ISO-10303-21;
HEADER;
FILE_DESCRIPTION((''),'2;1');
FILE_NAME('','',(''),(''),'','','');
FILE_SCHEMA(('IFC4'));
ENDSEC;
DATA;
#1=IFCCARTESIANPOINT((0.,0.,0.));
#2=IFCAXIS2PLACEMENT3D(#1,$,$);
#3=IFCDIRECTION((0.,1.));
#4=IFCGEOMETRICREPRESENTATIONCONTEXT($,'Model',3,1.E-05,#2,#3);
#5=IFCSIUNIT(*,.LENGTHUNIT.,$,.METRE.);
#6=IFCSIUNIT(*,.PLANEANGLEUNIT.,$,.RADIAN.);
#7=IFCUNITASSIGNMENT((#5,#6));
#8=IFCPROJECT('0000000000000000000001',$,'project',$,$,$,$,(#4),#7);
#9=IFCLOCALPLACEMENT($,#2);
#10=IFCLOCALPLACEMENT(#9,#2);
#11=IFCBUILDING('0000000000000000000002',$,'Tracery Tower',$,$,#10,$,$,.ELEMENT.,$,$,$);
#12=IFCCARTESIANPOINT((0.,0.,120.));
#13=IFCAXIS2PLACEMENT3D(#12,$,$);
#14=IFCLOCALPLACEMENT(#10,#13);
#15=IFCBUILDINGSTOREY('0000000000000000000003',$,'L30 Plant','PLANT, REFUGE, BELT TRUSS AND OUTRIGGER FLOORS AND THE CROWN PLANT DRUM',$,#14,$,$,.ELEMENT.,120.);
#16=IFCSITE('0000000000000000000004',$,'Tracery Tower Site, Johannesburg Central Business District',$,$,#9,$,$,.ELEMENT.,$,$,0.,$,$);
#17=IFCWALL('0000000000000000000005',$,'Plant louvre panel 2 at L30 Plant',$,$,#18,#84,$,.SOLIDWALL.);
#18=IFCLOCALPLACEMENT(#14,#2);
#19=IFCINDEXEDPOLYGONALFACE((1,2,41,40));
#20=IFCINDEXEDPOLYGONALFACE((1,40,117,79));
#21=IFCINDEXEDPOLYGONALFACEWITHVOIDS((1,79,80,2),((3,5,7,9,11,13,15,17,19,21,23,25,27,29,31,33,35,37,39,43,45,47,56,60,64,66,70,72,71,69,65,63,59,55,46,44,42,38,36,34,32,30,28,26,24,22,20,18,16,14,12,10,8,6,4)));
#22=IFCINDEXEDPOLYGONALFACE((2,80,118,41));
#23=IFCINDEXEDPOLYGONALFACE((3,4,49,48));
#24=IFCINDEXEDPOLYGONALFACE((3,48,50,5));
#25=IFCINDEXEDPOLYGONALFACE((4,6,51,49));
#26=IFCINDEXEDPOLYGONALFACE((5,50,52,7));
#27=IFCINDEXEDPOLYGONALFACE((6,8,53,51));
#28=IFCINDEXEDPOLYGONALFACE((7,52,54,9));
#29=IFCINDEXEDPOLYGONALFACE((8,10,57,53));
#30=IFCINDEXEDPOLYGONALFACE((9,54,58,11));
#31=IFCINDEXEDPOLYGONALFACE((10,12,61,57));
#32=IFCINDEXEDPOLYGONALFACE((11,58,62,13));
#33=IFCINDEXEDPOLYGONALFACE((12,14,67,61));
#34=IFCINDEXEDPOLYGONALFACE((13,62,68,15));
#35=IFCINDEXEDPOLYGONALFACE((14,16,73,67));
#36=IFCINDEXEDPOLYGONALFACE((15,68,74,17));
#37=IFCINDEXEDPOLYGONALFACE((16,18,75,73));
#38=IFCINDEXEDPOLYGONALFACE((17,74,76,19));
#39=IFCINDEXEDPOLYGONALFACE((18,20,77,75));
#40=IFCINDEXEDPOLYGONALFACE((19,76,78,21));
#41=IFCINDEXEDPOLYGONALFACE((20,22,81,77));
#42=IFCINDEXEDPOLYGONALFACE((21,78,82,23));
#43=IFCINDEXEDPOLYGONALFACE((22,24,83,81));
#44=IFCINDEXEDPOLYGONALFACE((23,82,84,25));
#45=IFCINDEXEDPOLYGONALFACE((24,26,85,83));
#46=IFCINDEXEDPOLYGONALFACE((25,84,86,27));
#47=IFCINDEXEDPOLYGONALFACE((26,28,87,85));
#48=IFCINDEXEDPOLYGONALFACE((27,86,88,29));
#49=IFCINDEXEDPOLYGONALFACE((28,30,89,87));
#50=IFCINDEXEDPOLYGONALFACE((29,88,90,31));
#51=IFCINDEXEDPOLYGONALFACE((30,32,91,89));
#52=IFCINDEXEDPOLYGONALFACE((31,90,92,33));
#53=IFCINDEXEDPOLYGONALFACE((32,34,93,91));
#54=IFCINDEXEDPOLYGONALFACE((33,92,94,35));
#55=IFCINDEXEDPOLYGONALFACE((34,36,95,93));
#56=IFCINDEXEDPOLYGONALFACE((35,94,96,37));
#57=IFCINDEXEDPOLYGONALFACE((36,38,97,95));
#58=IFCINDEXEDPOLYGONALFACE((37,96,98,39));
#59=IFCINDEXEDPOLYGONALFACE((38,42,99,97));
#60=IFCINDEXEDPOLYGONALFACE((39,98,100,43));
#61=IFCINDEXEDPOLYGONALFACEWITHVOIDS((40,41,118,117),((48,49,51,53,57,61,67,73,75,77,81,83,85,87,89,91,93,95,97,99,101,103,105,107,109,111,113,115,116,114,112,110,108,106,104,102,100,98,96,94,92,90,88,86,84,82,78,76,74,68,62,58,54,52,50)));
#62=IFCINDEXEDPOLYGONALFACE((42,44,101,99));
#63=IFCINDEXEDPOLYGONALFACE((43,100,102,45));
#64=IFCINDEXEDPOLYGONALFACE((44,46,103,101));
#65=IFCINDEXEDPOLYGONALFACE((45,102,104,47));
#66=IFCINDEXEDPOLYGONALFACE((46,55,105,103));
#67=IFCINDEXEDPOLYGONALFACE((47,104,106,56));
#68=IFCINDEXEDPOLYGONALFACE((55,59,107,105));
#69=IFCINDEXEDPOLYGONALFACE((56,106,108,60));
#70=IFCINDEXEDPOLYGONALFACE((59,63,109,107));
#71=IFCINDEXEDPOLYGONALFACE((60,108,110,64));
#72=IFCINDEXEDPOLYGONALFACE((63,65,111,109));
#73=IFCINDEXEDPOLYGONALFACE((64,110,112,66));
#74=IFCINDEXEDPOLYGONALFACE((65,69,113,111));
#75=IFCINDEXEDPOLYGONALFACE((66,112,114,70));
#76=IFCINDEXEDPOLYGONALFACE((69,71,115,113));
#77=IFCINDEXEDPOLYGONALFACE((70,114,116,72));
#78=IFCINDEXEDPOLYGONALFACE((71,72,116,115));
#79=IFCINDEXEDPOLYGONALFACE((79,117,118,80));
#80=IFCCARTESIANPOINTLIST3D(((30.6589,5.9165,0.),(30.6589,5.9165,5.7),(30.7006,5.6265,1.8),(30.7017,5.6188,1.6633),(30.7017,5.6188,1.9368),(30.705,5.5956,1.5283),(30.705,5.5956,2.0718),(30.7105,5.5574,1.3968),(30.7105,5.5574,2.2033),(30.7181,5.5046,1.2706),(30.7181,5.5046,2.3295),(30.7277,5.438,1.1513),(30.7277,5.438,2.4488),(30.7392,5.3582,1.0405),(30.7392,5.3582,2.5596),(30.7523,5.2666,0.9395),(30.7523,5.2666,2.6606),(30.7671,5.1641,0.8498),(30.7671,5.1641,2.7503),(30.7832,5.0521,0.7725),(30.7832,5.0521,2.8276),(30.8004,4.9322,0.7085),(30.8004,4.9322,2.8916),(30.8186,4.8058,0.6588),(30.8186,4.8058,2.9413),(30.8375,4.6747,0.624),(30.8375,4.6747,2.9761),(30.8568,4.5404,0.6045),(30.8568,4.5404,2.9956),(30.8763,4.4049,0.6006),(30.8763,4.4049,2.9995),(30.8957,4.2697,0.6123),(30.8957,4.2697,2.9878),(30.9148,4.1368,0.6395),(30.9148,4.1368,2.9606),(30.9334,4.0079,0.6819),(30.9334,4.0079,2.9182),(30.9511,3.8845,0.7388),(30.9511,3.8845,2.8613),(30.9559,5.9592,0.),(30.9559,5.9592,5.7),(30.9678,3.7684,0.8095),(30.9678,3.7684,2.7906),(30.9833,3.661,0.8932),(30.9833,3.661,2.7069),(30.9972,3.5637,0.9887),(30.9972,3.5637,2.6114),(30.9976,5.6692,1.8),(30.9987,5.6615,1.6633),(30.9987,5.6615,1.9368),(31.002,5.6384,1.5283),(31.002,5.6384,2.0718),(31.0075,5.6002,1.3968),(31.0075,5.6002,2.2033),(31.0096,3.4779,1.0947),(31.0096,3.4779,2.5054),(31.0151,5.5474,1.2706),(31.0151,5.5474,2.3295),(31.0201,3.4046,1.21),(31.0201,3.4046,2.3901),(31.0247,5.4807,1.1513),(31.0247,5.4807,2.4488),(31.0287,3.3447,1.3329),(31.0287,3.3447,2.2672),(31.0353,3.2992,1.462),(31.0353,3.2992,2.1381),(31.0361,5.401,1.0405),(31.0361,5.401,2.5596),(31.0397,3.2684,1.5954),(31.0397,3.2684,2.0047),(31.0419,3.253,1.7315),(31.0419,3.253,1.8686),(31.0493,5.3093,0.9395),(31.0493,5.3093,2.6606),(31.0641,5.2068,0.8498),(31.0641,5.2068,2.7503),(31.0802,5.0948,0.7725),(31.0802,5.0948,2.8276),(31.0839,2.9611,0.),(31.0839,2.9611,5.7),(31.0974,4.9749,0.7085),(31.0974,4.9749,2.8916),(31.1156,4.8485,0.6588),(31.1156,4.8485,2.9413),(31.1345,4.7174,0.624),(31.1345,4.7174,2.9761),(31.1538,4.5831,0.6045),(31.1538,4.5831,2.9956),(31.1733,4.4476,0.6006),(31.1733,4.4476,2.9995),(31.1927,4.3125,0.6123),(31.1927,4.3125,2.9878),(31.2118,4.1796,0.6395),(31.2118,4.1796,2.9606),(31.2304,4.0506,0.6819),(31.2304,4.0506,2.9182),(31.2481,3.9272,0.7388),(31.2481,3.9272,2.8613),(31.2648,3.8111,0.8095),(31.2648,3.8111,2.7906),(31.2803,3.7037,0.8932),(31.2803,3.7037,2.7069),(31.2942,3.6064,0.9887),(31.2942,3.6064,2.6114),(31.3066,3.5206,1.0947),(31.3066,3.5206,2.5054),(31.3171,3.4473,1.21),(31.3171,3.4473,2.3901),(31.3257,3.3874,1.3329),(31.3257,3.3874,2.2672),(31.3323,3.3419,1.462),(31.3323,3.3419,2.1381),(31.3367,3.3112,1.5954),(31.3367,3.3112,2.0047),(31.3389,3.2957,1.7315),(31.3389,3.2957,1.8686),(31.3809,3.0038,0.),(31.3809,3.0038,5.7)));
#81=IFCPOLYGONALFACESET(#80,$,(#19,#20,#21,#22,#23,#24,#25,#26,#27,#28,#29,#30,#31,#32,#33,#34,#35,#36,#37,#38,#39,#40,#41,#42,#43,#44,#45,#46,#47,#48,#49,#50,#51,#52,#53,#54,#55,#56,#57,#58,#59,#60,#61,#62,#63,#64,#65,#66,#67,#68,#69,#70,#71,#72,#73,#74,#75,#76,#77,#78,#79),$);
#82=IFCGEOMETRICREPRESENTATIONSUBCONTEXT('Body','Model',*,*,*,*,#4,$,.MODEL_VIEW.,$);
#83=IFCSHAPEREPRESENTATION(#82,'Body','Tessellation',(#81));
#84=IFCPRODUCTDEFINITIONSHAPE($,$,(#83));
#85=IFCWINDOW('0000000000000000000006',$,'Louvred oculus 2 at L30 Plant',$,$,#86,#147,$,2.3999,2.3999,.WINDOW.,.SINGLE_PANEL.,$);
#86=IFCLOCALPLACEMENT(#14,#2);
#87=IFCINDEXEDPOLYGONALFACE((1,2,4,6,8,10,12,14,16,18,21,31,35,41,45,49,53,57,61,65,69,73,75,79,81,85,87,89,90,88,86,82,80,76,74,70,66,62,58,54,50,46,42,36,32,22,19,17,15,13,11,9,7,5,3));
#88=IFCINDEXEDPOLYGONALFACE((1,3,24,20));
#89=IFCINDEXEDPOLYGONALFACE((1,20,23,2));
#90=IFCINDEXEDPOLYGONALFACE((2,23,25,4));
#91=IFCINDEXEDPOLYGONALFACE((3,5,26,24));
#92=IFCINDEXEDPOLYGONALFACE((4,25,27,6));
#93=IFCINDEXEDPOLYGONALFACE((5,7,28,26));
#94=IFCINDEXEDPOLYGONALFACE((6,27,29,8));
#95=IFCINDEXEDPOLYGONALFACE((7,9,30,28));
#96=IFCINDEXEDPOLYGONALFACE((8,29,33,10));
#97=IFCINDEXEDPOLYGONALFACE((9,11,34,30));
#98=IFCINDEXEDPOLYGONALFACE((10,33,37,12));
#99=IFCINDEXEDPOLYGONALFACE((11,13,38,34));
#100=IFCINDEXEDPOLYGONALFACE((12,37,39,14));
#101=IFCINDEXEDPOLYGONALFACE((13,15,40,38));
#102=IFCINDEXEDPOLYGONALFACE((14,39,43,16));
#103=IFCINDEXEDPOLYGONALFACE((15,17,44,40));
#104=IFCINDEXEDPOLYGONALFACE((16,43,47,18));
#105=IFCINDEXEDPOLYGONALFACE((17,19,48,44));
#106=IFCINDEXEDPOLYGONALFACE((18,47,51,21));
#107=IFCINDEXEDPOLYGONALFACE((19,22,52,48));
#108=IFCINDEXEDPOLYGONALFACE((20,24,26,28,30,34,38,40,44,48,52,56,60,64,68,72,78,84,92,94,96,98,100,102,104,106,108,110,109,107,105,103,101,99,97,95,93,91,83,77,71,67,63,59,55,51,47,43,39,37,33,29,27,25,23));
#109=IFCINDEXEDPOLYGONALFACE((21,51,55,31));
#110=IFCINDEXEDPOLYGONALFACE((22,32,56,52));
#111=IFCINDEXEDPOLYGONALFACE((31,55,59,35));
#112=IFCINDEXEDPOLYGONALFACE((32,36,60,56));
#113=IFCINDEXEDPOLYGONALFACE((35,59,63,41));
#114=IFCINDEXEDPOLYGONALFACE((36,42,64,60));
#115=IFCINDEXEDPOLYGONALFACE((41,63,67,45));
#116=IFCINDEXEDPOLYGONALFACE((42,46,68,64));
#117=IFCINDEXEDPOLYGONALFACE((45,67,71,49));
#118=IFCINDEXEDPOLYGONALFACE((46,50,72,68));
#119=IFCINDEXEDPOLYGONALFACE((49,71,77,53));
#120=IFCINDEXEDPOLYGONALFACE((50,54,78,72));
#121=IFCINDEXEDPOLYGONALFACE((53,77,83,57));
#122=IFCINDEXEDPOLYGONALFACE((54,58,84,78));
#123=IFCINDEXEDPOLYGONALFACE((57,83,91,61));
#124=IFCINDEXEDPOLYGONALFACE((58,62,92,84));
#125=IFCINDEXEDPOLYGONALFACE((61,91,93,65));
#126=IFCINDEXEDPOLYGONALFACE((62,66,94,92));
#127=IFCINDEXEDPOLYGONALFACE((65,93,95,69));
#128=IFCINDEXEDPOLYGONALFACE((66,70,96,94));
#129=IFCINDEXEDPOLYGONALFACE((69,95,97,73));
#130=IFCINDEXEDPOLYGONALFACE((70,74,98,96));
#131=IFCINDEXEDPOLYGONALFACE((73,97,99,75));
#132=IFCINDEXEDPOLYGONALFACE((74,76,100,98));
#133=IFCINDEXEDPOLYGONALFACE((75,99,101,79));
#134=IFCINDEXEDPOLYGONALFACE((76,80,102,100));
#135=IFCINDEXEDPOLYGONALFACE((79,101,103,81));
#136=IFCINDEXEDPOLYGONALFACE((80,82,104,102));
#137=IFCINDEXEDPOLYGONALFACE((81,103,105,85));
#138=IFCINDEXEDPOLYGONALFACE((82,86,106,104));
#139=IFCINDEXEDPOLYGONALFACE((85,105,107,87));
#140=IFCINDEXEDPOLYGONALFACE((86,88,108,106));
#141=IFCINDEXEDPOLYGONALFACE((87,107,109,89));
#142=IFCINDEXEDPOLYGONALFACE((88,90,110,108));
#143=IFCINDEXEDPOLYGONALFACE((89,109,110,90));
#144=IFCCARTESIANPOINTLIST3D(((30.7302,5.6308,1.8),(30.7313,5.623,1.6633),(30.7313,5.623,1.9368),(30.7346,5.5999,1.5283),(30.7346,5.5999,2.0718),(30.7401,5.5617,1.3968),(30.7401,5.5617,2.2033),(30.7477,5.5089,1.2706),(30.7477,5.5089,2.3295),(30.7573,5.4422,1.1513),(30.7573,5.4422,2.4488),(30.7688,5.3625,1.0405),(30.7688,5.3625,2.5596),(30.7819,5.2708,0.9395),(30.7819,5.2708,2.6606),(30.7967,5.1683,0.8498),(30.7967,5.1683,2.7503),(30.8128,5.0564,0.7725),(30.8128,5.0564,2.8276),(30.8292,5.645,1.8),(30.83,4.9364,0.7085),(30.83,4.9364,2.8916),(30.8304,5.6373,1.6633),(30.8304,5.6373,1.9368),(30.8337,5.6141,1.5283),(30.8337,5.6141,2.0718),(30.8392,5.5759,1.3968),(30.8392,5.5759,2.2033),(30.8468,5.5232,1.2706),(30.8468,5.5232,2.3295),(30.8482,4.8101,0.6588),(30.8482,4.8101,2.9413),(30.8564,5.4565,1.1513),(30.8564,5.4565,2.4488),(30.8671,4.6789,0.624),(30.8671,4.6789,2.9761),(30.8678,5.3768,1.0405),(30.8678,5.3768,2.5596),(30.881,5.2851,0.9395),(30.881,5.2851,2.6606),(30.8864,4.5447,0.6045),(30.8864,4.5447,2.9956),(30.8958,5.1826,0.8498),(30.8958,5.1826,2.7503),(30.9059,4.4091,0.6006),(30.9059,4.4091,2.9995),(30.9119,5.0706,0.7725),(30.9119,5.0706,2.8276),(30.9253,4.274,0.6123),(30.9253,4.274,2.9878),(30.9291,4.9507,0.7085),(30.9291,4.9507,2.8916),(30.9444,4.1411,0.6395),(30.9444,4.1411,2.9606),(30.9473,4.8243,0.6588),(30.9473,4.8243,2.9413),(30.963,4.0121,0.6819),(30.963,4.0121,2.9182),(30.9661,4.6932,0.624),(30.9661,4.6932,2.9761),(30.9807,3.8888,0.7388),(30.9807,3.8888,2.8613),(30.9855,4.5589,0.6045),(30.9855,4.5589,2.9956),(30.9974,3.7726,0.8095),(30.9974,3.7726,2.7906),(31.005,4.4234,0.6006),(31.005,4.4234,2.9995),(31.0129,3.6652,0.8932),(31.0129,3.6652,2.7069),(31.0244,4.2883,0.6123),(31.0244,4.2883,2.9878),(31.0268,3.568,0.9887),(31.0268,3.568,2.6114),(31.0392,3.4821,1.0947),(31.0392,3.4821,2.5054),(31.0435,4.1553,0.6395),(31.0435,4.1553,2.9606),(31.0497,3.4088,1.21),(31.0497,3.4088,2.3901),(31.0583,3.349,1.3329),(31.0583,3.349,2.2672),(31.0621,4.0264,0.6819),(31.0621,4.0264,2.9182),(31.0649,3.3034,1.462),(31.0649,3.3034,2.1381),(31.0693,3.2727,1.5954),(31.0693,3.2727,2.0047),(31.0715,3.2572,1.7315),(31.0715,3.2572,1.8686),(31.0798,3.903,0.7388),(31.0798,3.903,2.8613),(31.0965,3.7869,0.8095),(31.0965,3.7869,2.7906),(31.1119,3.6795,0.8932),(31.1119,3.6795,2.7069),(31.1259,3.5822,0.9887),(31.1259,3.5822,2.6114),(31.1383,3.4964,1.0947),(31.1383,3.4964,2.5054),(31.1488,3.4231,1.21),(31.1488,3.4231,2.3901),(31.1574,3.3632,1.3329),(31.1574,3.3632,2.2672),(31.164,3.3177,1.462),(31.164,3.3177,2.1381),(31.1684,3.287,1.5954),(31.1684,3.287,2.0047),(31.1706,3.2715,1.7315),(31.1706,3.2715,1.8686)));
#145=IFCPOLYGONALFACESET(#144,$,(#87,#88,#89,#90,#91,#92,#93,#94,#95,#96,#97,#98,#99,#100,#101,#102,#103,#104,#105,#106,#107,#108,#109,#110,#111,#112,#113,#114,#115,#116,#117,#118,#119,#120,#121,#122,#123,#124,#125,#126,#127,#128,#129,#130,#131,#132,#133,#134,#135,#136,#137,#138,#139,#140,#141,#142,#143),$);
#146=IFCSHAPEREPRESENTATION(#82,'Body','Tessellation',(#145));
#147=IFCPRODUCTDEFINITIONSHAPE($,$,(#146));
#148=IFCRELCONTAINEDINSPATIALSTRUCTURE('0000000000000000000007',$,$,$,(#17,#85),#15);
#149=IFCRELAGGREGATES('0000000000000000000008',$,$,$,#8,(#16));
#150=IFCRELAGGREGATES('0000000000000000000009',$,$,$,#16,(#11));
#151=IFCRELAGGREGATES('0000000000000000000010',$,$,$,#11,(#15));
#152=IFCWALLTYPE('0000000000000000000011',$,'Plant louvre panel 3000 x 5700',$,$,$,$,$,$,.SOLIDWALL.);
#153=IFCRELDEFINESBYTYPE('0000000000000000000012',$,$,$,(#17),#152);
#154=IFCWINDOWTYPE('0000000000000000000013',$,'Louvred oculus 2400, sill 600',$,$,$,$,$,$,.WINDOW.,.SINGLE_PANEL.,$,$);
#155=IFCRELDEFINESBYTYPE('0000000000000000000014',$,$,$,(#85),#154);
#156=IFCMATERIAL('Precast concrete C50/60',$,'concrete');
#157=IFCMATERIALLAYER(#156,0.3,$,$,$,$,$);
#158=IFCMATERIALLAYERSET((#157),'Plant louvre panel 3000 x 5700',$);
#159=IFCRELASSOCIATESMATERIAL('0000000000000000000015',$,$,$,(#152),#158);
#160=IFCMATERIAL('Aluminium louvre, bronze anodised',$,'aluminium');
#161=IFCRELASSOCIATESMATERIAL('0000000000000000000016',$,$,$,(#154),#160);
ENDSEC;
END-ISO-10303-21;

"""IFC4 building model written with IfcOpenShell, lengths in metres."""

from ifc_helpers import new_model, si_unit, direction, frame, frame_2d, origin, origin_2d, place, context, subcontext, project, spatial, rectangle, circle, extrude, material, layer, layer_set, type_object, element, fill, save


model = new_model("IFC4")

# Units and contexts
model_context = context("Model", 3, precision=1e-05, world=origin(), true_north=direction((0.0, 1.0)))
body_context = subcontext(model_context, "Body", "Model", "MODEL_VIEW")
ifc_project = project(units=[si_unit("LENGTHUNIT", "METRE"), si_unit("PLANEANGLEUNIT", "RADIAN")], contexts=[model_context])

# Site, building, storey
site_placement = place(None, origin())
site = spatial("IfcSite", under=ifc_project, at=site_placement, Name="Tracery Tower Site, Johannesburg Central Business District", CompositionType="ELEMENT", RefElevation=0.0)
building_placement = place(site_placement, origin())
building = spatial("IfcBuilding", under=site, at=building_placement, Name="Tracery Tower", CompositionType="ELEMENT")
storey_placement = place(building_placement, frame((0.0, 0.0, 120.0)))
storey = spatial("IfcBuildingStorey", under=building, at=storey_placement, Name="L30 Plant", Description="PLANT, REFUGE, BELT TRUSS AND OUTRIGGER FLOORS AND THE CROWN PLANT DRUM", CompositionType="ELEMENT", Elevation=120.0)

# Wall, opening, window
ifc_material_1 = material(Name="Precast concrete C50/60", Category="concrete")
ifc_layer_1 = layer(ifc_material_1, 0.3)
ifc_layer_set_1 = layer_set([ifc_layer_1], Name="Plant louvre panel 3000 x 5700")
wall_type_1 = type_object("IfcWallType", Name="Plant louvre panel 3000 x 5700", PredefinedType="SOLIDWALL", material=ifc_layer_set_1)
wall_1_placement = place(storey_placement, frame((31.2324, 2.9824, 0.0), z_axis=(0.0, 0.0, 1.0), x_axis=(-0.14236, 0.989815, 0.0)))
wall_1 = element("IfcWall", 1, at=wall_1_placement, inside=storey, type_object=wall_type_1, Name="Plant louvre panel 2 at L30 Plant", PredefinedType="SOLIDWALL", context=body_context, shape_type="SweptSolid", body=[
    extrude(rectangle(XDim=2.9858, YDim=0.3, at=frame_2d((1.4929, 0.0))), origin(), (0.0, 0.0, 1.0), 5.7),
])
opening_1_placement = place(wall_1_placement, frame((1.4929, 0.0, 1.8)))
opening_1 = element("IfcOpeningElement", 2, at=opening_1_placement, cuts=wall_1, PredefinedType="OPENING", context=body_context, shape_type="SweptSolid", body=[
    extrude(circle(Radius=1.2, at=origin_2d()), frame((0.0, 0.1599, 0.0), z_axis=(0.0, -1.0, 0.0), x_axis=(1.0, 0.0, 0.0)), (0.0, 0.0, 1.0), 0.3201),
])
ifc_material_2 = material(Name="Aluminium louvre, bronze anodised", Category="aluminium")
window_type = type_object("IfcWindowType", Name="Louvred oculus 2400, sill 600", PartitioningType="SINGLE_PANEL", PredefinedType="WINDOW", material=ifc_material_2)
window_1_placement = place(opening_1_placement, origin())
window_1 = element("IfcWindow", 3, at=window_1_placement, inside=storey, type_object=window_type, Name="Louvred oculus 2 at L30 Plant", OverallHeight=2.3999, OverallWidth=2.3999, PartitioningType="SINGLE_PANEL", PredefinedType="WINDOW", context=body_context, shape_type="SweptSolid", body=[
    extrude(circle(Radius=1.2, at=origin_2d()), frame((0.0, 0.1201, 0.0), z_axis=(0.0, -1.0, 0.0), x_axis=(1.0, 0.0, 0.0)), (0.0, 0.0, 1.0), 0.1001),
])
fill(opening_1, window_1)

save(model, "model.ifc")
